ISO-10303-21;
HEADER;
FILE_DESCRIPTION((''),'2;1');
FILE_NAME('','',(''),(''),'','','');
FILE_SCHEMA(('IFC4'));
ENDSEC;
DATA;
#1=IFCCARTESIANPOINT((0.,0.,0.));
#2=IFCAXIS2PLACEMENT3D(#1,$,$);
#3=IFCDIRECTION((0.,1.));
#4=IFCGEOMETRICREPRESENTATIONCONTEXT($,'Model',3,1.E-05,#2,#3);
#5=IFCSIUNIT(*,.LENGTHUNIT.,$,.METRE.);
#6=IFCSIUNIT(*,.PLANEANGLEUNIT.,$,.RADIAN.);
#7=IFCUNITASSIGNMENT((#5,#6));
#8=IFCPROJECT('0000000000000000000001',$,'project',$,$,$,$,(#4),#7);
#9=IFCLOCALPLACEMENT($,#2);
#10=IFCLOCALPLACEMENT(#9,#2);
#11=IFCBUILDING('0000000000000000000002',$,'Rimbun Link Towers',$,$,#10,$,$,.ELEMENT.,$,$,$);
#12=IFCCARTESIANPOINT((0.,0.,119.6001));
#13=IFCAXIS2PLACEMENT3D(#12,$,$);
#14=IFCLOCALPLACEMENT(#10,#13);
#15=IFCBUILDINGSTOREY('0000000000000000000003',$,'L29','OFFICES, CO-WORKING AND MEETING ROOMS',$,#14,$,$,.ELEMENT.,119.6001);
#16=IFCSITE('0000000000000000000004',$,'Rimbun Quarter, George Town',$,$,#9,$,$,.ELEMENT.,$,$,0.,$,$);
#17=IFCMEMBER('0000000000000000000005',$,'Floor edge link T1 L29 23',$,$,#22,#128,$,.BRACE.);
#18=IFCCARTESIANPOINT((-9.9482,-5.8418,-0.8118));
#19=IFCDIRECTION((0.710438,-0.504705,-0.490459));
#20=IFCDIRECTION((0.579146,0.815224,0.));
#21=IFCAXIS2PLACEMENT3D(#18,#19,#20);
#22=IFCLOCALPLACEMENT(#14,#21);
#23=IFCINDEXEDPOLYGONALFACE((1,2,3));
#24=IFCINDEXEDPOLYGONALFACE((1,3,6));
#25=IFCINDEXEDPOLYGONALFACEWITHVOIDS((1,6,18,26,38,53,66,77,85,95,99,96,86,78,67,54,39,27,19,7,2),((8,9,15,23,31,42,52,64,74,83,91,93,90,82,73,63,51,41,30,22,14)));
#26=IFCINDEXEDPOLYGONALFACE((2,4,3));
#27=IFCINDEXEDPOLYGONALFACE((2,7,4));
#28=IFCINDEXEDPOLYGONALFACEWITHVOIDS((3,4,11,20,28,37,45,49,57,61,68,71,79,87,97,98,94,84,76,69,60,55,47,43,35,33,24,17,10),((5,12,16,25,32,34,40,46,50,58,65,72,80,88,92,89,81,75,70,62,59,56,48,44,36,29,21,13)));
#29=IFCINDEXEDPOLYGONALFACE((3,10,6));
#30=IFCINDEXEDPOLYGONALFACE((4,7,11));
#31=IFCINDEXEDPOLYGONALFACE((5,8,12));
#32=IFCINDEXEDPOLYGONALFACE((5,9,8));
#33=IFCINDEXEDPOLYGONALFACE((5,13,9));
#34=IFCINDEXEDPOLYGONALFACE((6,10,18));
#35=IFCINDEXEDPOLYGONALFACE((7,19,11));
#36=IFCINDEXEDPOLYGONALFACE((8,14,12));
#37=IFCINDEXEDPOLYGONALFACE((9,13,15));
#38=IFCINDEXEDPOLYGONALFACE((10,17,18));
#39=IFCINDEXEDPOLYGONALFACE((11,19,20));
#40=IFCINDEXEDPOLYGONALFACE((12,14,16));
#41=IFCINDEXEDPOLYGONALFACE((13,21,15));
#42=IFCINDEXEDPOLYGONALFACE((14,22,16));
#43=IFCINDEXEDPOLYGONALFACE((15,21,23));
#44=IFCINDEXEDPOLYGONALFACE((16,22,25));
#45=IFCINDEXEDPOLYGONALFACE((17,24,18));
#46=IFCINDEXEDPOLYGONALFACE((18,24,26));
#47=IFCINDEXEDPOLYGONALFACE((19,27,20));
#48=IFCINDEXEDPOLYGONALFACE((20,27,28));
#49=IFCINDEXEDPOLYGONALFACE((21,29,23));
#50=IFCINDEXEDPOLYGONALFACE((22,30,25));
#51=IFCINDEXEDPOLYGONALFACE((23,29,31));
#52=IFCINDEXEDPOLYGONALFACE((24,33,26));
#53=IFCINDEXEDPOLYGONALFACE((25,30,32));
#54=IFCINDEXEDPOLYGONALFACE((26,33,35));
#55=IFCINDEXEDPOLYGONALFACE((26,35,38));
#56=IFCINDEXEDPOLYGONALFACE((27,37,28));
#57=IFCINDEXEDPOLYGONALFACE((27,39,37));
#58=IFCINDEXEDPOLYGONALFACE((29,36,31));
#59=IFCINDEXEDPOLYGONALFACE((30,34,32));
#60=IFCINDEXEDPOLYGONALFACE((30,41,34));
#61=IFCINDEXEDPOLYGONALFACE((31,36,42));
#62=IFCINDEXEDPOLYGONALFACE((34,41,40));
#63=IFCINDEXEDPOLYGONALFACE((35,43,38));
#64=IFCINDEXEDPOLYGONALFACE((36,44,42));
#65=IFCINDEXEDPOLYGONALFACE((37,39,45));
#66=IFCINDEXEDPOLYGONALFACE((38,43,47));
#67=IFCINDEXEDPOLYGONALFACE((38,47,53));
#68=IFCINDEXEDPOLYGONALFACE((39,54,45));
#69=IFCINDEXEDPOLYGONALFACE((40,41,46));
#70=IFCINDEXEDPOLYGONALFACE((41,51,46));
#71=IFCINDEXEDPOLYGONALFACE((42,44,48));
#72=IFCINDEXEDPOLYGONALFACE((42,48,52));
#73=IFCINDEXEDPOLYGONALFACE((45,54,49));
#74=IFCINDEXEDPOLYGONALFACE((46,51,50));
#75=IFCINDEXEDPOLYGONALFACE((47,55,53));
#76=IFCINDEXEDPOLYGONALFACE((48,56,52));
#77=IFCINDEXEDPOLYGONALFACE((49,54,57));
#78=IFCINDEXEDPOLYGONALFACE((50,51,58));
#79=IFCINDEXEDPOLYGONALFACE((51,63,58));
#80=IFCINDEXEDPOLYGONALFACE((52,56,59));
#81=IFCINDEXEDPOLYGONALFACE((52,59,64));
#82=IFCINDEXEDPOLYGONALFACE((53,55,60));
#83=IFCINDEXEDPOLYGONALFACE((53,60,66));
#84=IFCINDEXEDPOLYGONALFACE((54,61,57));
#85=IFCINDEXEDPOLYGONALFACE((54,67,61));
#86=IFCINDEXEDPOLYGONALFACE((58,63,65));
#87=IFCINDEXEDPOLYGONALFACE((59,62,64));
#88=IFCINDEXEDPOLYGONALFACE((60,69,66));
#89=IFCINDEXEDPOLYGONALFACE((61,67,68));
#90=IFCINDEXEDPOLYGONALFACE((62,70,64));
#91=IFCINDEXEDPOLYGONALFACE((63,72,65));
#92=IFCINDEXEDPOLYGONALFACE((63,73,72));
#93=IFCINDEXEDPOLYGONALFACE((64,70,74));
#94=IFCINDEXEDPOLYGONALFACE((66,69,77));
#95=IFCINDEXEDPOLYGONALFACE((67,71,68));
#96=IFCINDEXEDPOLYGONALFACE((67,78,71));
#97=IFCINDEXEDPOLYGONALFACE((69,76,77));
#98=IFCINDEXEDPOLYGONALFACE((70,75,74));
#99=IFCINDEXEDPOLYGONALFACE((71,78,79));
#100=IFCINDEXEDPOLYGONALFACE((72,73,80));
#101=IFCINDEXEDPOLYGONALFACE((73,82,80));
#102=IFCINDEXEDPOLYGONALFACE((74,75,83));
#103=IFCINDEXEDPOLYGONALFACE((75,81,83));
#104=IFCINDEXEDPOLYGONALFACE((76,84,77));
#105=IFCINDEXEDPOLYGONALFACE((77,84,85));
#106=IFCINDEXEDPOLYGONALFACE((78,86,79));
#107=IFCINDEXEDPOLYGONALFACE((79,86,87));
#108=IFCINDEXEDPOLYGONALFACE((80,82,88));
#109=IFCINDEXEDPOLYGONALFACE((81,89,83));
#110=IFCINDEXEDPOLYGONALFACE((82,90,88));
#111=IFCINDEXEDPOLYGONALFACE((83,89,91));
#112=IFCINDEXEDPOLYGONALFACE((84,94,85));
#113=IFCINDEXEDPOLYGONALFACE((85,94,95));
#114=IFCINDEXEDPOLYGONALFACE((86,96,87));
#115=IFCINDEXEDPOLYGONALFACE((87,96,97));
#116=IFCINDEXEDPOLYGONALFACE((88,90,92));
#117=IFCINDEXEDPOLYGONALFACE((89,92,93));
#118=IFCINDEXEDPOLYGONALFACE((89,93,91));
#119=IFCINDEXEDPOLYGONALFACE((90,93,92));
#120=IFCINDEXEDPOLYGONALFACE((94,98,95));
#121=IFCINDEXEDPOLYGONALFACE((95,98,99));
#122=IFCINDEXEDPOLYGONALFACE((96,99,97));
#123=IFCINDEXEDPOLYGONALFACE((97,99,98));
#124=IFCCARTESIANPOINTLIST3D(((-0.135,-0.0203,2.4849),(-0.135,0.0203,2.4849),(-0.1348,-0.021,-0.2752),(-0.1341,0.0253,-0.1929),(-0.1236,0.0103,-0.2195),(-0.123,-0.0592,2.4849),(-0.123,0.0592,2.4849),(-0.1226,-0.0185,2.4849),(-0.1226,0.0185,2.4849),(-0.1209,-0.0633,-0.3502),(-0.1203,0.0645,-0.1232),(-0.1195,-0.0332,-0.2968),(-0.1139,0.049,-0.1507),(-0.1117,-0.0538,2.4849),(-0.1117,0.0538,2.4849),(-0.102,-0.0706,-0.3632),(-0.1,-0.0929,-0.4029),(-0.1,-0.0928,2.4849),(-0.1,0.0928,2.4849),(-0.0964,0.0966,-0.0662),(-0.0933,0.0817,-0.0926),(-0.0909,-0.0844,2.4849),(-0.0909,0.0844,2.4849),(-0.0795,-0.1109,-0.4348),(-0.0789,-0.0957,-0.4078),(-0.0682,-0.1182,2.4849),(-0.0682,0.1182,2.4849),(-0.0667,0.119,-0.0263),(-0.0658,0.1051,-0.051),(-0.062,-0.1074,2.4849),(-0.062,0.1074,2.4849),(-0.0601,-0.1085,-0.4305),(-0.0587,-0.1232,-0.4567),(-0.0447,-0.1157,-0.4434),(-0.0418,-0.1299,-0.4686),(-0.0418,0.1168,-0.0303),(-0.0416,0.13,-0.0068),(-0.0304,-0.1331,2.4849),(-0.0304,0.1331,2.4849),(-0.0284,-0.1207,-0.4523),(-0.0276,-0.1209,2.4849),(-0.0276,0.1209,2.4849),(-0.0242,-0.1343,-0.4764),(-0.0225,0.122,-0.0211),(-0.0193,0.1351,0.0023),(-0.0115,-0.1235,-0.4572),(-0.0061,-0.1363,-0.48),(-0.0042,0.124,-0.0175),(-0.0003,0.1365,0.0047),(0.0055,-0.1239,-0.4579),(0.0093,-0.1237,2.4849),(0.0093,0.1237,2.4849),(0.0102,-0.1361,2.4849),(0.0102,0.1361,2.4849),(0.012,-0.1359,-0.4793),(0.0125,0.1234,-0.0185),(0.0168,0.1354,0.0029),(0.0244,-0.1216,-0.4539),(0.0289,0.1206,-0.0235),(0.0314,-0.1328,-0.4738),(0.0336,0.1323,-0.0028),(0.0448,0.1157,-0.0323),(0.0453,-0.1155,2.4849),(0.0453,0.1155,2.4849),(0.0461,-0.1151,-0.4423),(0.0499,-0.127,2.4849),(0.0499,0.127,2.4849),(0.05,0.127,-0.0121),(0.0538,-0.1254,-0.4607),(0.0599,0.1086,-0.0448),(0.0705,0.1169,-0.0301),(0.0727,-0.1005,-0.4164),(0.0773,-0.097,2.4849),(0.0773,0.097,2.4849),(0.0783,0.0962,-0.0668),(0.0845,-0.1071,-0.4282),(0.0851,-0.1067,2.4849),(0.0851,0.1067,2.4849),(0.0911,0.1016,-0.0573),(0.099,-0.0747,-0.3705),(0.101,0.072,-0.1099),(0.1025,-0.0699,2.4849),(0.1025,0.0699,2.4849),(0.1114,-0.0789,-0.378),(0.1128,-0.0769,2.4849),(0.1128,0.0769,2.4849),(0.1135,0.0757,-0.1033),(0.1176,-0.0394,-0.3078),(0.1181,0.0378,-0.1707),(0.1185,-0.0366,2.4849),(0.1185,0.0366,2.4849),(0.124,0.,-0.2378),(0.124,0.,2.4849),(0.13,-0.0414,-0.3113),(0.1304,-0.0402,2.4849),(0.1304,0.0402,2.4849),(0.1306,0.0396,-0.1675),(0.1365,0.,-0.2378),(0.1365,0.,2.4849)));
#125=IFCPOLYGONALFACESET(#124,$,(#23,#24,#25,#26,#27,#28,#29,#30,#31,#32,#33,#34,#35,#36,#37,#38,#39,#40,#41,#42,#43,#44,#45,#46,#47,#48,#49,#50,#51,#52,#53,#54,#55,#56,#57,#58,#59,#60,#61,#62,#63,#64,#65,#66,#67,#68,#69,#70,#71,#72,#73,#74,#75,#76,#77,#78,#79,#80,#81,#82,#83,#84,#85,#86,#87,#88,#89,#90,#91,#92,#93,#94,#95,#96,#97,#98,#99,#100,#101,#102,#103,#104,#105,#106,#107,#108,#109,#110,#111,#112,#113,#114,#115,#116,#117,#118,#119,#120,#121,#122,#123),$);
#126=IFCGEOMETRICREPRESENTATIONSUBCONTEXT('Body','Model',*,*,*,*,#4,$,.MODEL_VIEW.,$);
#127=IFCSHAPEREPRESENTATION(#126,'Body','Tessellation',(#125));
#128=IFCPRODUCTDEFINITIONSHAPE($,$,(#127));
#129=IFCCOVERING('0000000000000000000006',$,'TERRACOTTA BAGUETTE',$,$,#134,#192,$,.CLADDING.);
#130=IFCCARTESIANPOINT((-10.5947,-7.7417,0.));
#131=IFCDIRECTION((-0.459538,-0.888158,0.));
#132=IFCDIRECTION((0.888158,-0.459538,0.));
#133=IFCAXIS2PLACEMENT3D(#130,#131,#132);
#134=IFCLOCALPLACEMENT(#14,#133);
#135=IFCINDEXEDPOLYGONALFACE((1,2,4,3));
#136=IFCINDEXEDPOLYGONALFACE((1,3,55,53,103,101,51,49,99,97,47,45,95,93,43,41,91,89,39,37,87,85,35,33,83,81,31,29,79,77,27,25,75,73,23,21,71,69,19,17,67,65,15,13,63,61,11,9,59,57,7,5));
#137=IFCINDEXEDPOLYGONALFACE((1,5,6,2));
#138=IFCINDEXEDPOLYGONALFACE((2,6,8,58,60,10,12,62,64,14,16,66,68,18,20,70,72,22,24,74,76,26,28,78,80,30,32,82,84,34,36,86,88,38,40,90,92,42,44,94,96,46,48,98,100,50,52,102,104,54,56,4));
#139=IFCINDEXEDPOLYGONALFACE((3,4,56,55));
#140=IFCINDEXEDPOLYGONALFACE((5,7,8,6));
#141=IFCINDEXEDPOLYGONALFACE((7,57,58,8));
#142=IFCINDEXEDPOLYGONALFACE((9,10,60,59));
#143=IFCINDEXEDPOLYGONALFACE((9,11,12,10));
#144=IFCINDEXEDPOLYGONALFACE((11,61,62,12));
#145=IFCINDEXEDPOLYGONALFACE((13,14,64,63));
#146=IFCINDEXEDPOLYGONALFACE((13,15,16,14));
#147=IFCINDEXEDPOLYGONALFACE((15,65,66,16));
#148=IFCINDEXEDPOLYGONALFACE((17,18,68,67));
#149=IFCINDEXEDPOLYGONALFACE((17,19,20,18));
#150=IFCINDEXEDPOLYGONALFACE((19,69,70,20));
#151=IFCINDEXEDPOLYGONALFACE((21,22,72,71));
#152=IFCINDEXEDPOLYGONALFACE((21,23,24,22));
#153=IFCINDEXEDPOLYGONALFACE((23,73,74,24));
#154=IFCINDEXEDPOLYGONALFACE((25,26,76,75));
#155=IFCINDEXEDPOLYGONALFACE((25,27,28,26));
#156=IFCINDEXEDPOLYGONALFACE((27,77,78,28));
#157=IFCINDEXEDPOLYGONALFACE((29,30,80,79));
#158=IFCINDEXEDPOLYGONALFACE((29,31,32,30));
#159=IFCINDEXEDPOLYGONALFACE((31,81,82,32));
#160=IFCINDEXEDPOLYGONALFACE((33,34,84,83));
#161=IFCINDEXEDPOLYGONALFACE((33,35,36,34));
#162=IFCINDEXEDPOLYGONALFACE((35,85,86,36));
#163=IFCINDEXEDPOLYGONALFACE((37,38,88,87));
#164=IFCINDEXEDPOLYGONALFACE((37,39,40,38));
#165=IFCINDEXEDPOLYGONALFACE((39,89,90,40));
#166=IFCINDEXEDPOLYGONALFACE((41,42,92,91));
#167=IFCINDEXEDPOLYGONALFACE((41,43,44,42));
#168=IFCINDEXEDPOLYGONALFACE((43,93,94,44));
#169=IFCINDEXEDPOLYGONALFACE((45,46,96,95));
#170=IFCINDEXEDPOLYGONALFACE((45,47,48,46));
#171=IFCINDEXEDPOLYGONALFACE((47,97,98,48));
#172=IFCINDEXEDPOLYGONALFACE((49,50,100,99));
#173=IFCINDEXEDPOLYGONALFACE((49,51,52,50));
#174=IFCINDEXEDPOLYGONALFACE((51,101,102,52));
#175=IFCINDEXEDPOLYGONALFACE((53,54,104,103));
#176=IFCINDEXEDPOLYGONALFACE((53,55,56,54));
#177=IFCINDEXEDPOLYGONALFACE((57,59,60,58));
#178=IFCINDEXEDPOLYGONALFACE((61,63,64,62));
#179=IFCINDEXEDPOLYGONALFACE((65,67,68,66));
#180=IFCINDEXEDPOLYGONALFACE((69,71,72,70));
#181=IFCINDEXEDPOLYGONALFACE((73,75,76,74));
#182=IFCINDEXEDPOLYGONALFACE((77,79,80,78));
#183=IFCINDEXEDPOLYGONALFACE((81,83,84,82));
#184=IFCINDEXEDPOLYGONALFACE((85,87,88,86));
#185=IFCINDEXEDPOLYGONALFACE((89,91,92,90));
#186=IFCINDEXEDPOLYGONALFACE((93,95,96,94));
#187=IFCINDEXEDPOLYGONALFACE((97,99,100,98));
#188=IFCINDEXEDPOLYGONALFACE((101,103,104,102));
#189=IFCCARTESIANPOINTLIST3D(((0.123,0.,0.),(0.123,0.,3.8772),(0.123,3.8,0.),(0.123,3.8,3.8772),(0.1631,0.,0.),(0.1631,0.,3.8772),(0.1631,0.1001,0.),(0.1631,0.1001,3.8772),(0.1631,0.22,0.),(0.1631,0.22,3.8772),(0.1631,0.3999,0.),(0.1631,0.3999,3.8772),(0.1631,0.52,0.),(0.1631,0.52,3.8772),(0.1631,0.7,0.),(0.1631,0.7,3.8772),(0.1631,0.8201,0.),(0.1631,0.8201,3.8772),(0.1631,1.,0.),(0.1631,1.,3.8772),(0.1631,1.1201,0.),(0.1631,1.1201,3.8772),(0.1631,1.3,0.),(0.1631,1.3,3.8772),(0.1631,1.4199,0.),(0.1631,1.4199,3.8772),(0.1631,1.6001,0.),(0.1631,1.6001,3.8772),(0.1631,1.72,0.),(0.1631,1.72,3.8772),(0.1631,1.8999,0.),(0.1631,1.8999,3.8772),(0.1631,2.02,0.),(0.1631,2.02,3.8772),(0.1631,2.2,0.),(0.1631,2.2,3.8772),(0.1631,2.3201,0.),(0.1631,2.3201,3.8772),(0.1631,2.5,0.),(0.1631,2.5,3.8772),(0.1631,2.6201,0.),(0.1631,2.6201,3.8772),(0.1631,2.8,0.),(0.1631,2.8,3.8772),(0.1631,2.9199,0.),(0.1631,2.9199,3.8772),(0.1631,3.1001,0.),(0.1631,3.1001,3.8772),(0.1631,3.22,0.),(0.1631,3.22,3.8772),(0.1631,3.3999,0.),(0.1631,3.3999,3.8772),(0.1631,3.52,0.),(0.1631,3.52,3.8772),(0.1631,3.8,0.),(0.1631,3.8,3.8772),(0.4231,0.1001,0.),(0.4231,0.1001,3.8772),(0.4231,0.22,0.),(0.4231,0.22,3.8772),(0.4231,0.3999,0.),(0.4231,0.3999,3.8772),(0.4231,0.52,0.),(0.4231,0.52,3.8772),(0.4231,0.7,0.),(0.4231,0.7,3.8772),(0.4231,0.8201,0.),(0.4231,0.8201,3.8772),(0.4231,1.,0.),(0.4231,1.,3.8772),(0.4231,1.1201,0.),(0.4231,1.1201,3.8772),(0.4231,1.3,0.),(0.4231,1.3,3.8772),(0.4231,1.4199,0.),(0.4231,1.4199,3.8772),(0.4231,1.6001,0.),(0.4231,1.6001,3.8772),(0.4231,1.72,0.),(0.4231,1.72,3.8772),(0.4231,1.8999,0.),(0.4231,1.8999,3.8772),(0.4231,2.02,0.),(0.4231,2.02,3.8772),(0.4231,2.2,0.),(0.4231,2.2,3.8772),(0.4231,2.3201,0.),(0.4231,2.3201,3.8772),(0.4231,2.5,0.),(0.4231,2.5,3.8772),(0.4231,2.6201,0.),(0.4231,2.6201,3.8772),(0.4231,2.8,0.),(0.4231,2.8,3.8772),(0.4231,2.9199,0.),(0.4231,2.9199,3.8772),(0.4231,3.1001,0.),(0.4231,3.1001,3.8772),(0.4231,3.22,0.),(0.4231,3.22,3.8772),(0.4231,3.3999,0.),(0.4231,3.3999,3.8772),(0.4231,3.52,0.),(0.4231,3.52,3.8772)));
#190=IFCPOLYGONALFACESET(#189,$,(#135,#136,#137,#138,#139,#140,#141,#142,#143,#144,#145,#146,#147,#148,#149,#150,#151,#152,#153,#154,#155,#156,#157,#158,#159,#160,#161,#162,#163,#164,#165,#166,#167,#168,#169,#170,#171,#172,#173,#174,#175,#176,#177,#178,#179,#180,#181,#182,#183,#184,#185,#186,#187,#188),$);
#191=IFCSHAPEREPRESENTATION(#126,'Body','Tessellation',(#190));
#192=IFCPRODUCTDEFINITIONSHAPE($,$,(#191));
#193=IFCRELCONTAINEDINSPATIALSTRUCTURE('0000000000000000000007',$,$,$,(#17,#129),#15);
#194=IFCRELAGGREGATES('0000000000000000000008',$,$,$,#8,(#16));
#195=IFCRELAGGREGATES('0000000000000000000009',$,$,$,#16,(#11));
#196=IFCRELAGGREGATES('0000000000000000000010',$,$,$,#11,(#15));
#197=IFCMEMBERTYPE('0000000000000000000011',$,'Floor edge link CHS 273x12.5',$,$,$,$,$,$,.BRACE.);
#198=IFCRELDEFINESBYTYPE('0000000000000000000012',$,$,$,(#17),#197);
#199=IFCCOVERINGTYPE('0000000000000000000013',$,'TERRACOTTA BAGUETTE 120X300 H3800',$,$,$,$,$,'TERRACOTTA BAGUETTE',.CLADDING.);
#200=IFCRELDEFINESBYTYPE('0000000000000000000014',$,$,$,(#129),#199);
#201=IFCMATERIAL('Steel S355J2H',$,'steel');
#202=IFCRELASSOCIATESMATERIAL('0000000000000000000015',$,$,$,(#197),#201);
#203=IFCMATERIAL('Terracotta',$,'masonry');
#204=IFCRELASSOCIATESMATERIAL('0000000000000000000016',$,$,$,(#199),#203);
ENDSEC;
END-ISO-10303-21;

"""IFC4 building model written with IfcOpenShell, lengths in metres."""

from ifc_helpers import new_model, si_unit, direction, frame, origin, origin_2d, place, context, subcontext, project, spatial, polyline, hollow_circle, outline, extrude, clip, halfspace, material, material_profile, profile_set, type_object, element, save


model = new_model("IFC4")

# Units and contexts
model_context = context("Model", 3, precision=1e-05, world=origin(), true_north=direction((0.0, 1.0)))
body_context = subcontext(model_context, "Body", "Model", "MODEL_VIEW")
ifc_project = project(units=[si_unit("LENGTHUNIT", "METRE"), si_unit("PLANEANGLEUNIT", "RADIAN")], contexts=[model_context])

# Site, building, storey
site_placement = place(None, origin())
site = spatial("IfcSite", under=ifc_project, at=site_placement, Name="Rimbun Quarter, George Town", CompositionType="ELEMENT", RefElevation=0.0)
building_placement = place(site_placement, origin())
building = spatial("IfcBuilding", under=site, at=building_placement, Name="Rimbun Link Towers", CompositionType="ELEMENT")
storey_placement = place(building_placement, frame((0.0, 0.0, 119.6001)))
storey = spatial("IfcBuildingStorey", under=building, at=storey_placement, Name="L29", Description="OFFICES, CO-WORKING AND MEETING ROOMS", CompositionType="ELEMENT", Elevation=119.6001)

# Member
ifc_material_1 = material(Name="Steel S355J2H", Category="steel")
ifc_material_profile_1 = material_profile(ifc_material_1, hollow_circle(Radius=0.1365, WallThickness=0.0125, at=origin_2d()), Name="CHS 273x12.5")
ifc_profile_set_1 = profile_set([ifc_material_profile_1], Name="Steel S355J2H")
member_type_1 = type_object("IfcMemberType", Name="Floor edge link CHS 273x12.5", PredefinedType="BRACE", material=ifc_profile_set_1)
member_1_placement = place(storey_placement, frame((-9.9482, -5.8418, -0.8118), z_axis=(0.710438, -0.504705, -0.490459), x_axis=(0.579146, 0.815224, 0.0)))
element("IfcMember", 1, at=member_1_placement, inside=storey, type_object=member_type_1, Name="Floor edge link T1 L29 23", PredefinedType="BRACE", context=body_context, shape_type="Clipping", body=[
    clip(extrude(hollow_circle(Radius=0.1365, WallThickness=0.0125, at=origin_2d()), frame((0.0, 0.0, -0.5056)), (0.0, 0.0, 1.0), 2.9905), halfspace(frame((0.0, 0.0, -0.2378), z_axis=(0.0, 0.871464, -0.490459)), False)),
])

# Covering
ifc_material_2 = material(Name="Terracotta", Category="masonry")
ifc_material_profile_2 = material_profile(ifc_material_2, outline(polyline([(0.123, 0.0), (0.1631, 0.0), (0.1631, 0.1001), (0.4231, 0.1001), (0.4231, 0.22), (0.1631, 0.22), (0.1631, 0.3999), (0.4231, 0.3999), (0.4231, 0.52), (0.1631, 0.52), (0.1631, 0.7), (0.4231, 0.7), (0.4231, 0.8201), (0.1631, 0.8201), (0.1631, 1.0), (0.4231, 1.0), (0.4231, 1.1201), (0.1631, 1.1201), (0.1631, 1.3), (0.4231, 1.3), (0.4231, 1.4199), (0.1631, 1.4199), (0.1631, 1.6001), (0.4231, 1.6001), (0.4231, 1.72), (0.1631, 1.72), (0.1631, 1.8999), (0.4231, 1.8999), (0.4231, 2.02), (0.1631, 2.02), (0.1631, 2.2), (0.4231, 2.2), (0.4231, 2.3201), (0.1631, 2.3201), (0.1631, 2.5), (0.4231, 2.5), (0.4231, 2.6201), (0.1631, 2.6201), (0.1631, 2.8), (0.4231, 2.8), (0.4231, 2.9199), (0.1631, 2.9199), (0.1631, 3.1001), (0.4231, 3.1001), (0.4231, 3.22), (0.1631, 3.22), (0.1631, 3.3999), (0.4231, 3.3999), (0.4231, 3.52), (0.1631, 3.52), (0.1631, 3.8), (0.123, 3.8), (0.123, 0.0)])), Name="BAGUETTE 120X300")
ifc_profile_set_2 = profile_set([ifc_material_profile_2], Name="Terracotta")
covering_type = type_object("IfcCoveringType", Name="TERRACOTTA BAGUETTE 120X300 H3800", ElementType="TERRACOTTA BAGUETTE", PredefinedType="CLADDING", material=ifc_profile_set_2)
covering_1_placement = place(storey_placement, frame((-10.5947, -7.7417, 0.0), z_axis=(-0.459538, -0.888158, 0.0), x_axis=(0.888158, -0.459538, 0.0)))
element("IfcCovering", 2, at=covering_1_placement, inside=storey, type_object=covering_type, Name="TERRACOTTA BAGUETTE", PredefinedType="CLADDING", context=body_context, shape_type="SweptSolid", body=[
    extrude(outline(polyline([(0.123, 0.0), (0.1631, 0.0), (0.1631, 0.1001), (0.4231, 0.1001), (0.4231, 0.22), (0.1631, 0.22), (0.1631, 0.3999), (0.4231, 0.3999), (0.4231, 0.52), (0.1631, 0.52), (0.1631, 0.7), (0.4231, 0.7), (0.4231, 0.8201), (0.1631, 0.8201), (0.1631, 1.0), (0.4231, 1.0), (0.4231, 1.1201), (0.1631, 1.1201), (0.1631, 1.3), (0.4231, 1.3), (0.4231, 1.4199), (0.1631, 1.4199), (0.1631, 1.6001), (0.4231, 1.6001), (0.4231, 1.72), (0.1631, 1.72), (0.1631, 1.8999), (0.4231, 1.8999), (0.4231, 2.02), (0.1631, 2.02), (0.1631, 2.2), (0.4231, 2.2), (0.4231, 2.3201), (0.1631, 2.3201), (0.1631, 2.5), (0.4231, 2.5), (0.4231, 2.6201), (0.1631, 2.6201), (0.1631, 2.8), (0.4231, 2.8), (0.4231, 2.9199), (0.1631, 2.9199), (0.1631, 3.1001), (0.4231, 3.1001), (0.4231, 3.22), (0.1631, 3.22), (0.1631, 3.3999), (0.4231, 3.3999), (0.4231, 3.52), (0.1631, 3.52), (0.1631, 3.8), (0.123, 3.8), (0.123, 0.0)])), origin(), (0.0, 0.0, 1.0), 3.8772),
])

save(model, "model.ifc")
